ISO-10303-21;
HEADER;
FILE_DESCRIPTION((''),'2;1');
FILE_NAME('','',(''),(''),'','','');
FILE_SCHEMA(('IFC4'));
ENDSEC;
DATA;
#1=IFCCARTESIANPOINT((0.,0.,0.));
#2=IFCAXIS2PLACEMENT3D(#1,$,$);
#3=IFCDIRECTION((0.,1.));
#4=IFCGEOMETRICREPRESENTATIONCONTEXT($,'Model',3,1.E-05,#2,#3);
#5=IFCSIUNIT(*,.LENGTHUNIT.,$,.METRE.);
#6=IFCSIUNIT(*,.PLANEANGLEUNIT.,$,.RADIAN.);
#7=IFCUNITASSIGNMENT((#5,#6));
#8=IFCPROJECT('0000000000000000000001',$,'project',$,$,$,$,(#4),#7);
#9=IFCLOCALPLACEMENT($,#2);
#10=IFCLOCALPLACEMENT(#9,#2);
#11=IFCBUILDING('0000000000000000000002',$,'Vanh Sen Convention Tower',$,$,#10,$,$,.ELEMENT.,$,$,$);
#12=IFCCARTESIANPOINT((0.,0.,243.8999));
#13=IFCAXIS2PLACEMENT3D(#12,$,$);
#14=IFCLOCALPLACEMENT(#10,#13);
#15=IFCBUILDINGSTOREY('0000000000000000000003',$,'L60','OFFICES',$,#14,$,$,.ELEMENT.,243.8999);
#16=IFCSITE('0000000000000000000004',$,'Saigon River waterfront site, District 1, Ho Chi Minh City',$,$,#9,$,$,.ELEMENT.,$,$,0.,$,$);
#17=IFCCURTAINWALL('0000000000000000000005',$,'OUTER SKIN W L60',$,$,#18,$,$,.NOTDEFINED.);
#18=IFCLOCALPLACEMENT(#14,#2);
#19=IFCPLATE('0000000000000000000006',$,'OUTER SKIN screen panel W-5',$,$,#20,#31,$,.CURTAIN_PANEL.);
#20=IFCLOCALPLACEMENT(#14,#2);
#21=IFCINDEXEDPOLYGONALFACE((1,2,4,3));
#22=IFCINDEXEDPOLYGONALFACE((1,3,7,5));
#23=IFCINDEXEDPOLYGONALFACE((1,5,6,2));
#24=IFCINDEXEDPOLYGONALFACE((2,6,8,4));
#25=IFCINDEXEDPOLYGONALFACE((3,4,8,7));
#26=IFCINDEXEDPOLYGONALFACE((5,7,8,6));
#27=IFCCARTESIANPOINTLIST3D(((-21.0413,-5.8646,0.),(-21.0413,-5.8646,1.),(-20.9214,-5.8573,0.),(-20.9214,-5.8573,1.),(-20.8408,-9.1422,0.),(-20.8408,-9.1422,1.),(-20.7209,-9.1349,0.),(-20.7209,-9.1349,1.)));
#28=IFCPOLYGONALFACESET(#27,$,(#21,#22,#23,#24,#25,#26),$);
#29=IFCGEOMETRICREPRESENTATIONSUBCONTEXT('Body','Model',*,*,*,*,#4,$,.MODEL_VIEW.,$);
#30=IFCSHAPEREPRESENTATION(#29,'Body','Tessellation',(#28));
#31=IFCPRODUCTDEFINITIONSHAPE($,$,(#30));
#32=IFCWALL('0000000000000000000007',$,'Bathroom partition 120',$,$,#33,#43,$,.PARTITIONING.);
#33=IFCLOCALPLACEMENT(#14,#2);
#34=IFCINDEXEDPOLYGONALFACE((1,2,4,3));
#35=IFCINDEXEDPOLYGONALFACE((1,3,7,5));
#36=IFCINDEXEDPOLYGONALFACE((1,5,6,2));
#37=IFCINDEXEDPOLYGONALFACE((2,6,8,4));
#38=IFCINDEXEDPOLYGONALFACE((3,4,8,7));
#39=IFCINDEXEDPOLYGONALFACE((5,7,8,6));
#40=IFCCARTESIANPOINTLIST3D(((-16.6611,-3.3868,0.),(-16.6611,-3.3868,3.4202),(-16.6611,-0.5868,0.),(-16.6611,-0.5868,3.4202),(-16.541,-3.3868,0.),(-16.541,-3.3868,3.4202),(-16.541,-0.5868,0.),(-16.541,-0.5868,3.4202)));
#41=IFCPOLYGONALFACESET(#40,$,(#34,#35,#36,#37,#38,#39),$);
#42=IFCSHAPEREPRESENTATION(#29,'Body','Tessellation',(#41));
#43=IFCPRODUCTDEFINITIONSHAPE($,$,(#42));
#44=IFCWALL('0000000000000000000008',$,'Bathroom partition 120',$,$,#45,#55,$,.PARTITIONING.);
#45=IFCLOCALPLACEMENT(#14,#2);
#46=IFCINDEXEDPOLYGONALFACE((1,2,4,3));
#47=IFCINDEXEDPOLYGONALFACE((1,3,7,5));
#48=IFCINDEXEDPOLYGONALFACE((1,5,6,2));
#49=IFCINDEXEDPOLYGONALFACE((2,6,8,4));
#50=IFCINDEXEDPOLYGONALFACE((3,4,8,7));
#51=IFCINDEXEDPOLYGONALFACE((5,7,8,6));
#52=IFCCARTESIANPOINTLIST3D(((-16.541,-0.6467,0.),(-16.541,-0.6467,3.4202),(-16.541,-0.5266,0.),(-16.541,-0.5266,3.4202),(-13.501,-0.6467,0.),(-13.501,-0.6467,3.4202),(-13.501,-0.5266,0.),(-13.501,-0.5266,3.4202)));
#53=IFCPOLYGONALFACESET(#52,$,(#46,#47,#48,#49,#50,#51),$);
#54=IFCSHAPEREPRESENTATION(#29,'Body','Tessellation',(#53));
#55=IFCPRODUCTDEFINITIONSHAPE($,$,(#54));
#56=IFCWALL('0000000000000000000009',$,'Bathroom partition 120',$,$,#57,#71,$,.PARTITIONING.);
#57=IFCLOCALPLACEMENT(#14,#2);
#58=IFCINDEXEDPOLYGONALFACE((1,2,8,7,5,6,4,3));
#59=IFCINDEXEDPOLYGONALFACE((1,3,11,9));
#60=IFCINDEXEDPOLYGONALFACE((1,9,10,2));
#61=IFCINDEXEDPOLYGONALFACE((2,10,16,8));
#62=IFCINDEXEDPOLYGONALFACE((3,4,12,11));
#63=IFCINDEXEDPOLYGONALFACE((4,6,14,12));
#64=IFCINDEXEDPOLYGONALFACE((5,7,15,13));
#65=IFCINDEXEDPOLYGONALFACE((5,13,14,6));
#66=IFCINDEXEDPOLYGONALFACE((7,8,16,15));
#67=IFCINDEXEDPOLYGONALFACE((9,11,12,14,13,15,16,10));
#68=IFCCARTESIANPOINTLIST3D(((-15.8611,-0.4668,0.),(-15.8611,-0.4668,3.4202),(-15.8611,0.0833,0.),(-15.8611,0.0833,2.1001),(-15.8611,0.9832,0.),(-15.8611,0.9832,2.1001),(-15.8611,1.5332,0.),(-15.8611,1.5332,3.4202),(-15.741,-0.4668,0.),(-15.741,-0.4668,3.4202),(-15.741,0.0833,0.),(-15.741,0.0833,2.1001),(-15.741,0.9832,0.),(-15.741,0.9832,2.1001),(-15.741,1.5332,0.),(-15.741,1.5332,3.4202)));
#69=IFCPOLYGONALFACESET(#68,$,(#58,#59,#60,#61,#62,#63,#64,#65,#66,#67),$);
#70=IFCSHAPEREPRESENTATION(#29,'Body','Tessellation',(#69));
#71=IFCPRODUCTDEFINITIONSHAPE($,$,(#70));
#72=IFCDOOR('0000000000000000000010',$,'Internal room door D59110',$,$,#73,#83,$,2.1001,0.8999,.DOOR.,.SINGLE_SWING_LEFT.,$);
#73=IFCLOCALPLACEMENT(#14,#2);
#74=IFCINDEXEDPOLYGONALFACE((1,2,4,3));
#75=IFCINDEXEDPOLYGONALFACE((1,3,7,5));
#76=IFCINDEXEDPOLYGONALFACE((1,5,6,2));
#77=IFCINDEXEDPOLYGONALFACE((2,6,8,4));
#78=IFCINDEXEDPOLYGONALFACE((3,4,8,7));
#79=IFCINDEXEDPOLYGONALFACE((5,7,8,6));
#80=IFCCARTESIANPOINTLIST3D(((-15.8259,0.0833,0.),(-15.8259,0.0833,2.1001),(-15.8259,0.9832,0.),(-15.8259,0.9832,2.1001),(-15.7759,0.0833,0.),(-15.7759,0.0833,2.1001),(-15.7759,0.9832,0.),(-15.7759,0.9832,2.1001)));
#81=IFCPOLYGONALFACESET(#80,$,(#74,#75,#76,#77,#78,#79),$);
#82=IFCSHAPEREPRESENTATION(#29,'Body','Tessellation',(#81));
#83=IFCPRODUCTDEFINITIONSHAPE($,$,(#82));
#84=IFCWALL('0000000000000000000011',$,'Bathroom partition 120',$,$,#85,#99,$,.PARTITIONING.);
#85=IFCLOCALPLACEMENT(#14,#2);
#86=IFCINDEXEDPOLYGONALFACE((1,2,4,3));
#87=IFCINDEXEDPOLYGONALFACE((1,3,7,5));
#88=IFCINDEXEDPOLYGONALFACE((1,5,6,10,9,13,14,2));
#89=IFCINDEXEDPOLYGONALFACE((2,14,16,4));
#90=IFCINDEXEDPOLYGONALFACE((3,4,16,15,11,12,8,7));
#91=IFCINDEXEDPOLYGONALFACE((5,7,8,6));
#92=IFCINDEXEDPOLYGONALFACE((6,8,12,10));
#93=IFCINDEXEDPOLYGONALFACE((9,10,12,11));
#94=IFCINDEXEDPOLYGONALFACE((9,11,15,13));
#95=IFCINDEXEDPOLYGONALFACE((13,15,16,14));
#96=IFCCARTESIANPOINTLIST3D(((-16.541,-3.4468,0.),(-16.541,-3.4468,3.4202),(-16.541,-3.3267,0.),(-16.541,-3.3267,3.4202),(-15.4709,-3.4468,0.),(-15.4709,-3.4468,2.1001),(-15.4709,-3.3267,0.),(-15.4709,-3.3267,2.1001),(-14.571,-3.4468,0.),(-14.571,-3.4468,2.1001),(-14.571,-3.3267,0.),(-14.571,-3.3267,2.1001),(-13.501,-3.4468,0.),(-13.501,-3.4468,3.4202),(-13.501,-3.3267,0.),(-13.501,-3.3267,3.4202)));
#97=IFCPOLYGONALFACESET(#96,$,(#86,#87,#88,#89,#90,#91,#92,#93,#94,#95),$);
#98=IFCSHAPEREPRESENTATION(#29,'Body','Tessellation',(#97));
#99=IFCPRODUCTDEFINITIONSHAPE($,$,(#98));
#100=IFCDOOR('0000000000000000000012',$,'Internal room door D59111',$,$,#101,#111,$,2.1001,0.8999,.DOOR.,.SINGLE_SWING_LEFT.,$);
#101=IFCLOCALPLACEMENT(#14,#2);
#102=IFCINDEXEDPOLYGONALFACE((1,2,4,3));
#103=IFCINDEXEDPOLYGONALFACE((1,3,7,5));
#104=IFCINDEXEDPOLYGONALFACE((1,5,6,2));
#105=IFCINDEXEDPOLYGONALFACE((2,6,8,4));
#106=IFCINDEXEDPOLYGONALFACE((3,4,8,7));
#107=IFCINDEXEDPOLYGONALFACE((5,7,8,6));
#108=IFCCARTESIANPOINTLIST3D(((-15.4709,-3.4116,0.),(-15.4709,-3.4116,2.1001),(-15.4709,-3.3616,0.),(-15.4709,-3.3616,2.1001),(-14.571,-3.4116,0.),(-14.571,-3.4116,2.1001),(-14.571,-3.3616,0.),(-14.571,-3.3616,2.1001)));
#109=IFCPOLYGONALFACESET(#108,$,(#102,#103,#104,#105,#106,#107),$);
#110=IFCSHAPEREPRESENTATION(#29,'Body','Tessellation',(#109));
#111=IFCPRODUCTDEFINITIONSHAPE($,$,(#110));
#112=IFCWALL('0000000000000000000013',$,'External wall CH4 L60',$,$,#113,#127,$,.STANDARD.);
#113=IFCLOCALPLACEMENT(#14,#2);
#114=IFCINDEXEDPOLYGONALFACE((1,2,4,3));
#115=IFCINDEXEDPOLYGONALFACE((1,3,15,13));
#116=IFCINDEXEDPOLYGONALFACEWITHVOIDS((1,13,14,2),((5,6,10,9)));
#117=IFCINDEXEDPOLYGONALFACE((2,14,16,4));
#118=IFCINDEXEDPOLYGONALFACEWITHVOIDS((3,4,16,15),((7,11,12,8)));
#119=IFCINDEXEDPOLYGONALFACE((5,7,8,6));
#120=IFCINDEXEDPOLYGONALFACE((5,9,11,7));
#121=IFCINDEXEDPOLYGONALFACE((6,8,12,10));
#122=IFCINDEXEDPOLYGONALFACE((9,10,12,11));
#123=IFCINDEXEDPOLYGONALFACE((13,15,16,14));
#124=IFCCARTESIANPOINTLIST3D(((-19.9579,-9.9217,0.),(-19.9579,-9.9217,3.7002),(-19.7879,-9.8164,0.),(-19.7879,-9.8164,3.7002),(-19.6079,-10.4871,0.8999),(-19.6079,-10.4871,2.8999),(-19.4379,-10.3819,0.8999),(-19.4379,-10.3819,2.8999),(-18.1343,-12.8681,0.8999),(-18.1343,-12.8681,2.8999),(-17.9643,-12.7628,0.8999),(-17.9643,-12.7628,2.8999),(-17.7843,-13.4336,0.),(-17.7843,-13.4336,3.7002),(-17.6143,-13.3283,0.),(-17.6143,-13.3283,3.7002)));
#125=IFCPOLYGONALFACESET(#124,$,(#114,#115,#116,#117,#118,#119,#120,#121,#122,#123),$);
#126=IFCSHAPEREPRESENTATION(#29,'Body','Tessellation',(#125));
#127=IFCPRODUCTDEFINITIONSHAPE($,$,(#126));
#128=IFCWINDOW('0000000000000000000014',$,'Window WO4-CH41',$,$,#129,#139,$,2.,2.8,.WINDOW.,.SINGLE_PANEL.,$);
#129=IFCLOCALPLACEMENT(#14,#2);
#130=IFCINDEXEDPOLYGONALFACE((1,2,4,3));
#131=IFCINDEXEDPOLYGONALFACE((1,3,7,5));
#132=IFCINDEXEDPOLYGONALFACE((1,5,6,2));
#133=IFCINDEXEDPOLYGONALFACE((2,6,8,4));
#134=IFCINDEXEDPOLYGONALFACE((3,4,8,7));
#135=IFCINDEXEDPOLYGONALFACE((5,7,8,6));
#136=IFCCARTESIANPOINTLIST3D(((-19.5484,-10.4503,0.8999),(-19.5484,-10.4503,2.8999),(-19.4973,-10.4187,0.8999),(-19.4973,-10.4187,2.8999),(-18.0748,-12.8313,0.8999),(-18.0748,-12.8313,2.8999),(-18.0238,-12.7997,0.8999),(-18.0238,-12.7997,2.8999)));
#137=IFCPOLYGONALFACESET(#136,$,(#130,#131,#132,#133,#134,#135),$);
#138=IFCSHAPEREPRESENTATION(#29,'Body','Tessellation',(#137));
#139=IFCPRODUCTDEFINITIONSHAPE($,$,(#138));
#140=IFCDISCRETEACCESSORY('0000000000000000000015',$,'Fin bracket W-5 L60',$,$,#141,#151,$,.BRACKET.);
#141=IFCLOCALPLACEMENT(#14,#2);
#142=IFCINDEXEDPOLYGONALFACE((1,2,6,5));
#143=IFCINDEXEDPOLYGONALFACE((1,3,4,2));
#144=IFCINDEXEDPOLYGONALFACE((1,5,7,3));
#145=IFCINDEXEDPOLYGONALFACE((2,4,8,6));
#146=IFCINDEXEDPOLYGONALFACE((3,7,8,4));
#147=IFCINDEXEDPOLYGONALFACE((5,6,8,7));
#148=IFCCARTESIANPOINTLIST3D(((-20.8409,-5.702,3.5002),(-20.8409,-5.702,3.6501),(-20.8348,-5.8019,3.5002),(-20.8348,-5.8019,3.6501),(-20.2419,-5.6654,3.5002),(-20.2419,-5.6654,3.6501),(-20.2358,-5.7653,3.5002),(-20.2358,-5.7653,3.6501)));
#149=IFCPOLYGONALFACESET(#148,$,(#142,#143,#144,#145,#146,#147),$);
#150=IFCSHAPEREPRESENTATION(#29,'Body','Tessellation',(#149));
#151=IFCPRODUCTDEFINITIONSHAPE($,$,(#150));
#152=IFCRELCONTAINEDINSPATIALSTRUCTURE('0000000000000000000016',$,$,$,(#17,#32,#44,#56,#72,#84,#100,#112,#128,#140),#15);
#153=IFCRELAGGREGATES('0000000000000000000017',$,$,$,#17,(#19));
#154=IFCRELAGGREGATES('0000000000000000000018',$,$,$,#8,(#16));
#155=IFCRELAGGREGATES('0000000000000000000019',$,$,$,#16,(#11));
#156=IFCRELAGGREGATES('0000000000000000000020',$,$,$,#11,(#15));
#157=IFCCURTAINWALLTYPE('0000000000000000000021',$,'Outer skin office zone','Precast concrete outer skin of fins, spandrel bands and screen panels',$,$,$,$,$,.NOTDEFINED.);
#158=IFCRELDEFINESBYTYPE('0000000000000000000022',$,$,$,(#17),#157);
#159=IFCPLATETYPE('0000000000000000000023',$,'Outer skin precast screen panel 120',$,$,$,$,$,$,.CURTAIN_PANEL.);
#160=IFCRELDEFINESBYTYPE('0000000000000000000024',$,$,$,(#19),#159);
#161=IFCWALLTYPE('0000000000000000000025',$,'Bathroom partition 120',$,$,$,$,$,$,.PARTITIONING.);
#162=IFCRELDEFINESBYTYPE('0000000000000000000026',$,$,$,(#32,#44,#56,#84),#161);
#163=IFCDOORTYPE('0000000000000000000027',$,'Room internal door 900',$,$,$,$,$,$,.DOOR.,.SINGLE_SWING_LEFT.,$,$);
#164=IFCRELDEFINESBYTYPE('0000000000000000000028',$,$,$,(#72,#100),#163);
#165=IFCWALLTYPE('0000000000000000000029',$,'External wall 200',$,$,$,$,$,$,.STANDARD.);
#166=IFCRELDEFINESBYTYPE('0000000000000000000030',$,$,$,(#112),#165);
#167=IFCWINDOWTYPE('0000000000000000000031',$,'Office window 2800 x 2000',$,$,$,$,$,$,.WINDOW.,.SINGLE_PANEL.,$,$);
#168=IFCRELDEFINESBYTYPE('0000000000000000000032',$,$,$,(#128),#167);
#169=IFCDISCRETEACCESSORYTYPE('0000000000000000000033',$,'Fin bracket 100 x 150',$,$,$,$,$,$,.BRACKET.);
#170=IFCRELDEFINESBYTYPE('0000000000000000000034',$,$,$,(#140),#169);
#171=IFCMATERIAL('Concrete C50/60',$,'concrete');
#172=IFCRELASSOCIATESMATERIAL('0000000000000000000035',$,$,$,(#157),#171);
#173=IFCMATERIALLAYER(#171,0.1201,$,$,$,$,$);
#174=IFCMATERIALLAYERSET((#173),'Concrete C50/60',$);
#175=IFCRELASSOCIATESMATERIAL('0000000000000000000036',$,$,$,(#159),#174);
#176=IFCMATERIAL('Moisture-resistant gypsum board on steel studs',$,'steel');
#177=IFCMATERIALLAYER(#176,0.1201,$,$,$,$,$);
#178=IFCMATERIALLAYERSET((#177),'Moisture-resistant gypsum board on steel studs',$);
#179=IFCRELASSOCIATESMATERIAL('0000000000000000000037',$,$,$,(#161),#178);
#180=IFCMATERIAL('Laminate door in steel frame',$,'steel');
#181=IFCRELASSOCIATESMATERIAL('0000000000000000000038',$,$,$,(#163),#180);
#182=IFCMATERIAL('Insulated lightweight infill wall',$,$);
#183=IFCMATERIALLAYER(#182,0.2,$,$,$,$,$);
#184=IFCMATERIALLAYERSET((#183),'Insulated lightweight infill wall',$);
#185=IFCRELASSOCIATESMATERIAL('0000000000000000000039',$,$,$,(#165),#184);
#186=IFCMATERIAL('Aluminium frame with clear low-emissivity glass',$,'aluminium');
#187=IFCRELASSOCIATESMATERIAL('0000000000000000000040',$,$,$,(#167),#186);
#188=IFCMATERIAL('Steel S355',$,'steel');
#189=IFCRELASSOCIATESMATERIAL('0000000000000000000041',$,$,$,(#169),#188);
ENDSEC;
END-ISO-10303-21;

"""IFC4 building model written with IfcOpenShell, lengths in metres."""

from ifc_helpers import new_model, si_unit, direction, frame, frame_2d, origin, origin_2d, place, context, subcontext, project, spatial, rectangle, extrude, material, layer, layer_set, type_object, element, fill, aggregate, save


model = new_model("IFC4")

# Units and contexts
model_context = context("Model", 3, precision=1e-05, world=origin(), true_north=direction((0.0, 1.0)))
body_context = subcontext(model_context, "Body", "Model", "MODEL_VIEW")
ifc_project = project(units=[si_unit("LENGTHUNIT", "METRE"), si_unit("PLANEANGLEUNIT", "RADIAN")], contexts=[model_context])

# Site, building, storey
site_placement = place(None, origin())
site = spatial("IfcSite", under=ifc_project, at=site_placement, Name="Saigon River waterfront site, District 1, Ho Chi Minh City", CompositionType="ELEMENT", RefElevation=0.0)
building_placement = place(site_placement, origin())
building = spatial("IfcBuilding", under=site, at=building_placement, Name="Vanh Sen Convention Tower", CompositionType="ELEMENT")
storey_placement = place(building_placement, frame((0.0, 0.0, 243.8999)))
storey = spatial("IfcBuildingStorey", under=building, at=storey_placement, Name="L60", Description="OFFICES", CompositionType="ELEMENT", Elevation=243.8999)

# Curtain wall
ifc_material_1 = material(Name="Concrete C50/60", Category="concrete")
curtain_wall_type = type_object("IfcCurtainWallType", Name="Outer skin office zone", Description="Precast concrete outer skin of fins, spandrel bands and screen panels", PredefinedType="NOTDEFINED", material=ifc_material_1)
curtain_wall_1_placement = place(storey_placement, origin())
curtain_wall_1 = element("IfcCurtainWall", 1, at=curtain_wall_1_placement, inside=storey, type_object=curtain_wall_type, Name="OUTER SKIN W L60", PredefinedType="NOTDEFINED")

# Plate
ifc_layer_1 = layer(ifc_material_1, 0.1201)
ifc_layer_set_1 = layer_set([ifc_layer_1], Name="Concrete C50/60")
plate_type = type_object("IfcPlateType", Name="Outer skin precast screen panel 120", PredefinedType="CURTAIN_PANEL", material=ifc_layer_set_1)
plate_1_placement = place(storey_placement, frame((-20.8811, -7.4998, 0.0), z_axis=(0.0, 0.0, 1.0), x_axis=(0.061069, -0.998134, 0.0)))
plate_1 = element("IfcPlate", 2, at=plate_1_placement, type_object=plate_type, Name="OUTER SKIN screen panel W-5", PredefinedType="CURTAIN_PANEL", context=body_context, shape_type="SweptSolid", body=[
    extrude(rectangle(XDim=3.2837, YDim=0.1201, at=origin_2d()), origin(), (0.0, 0.0, 1.0), 1.0),
])
aggregate(curtain_wall_1, [plate_1])

# Walls
ifc_material_2 = material(Name="Moisture-resistant gypsum board on steel studs", Category="steel")
ifc_layer_2 = layer(ifc_material_2, 0.1201)
ifc_layer_set_2 = layer_set([ifc_layer_2], Name="Moisture-resistant gypsum board on steel studs")
wall_type_1 = type_object("IfcWallType", Name="Bathroom partition 120", PredefinedType="PARTITIONING", material=ifc_layer_set_2)
wall_1_placement = place(storey_placement, frame((-16.6011, -3.3867, 0.0), z_axis=(0.0, 0.0, 1.0), x_axis=(0.0, 1.0, 0.0)))
element("IfcWall", 3, at=wall_1_placement, inside=storey, type_object=wall_type_1, Name="Bathroom partition 120", PredefinedType="PARTITIONING", context=body_context, shape_type="SweptSolid", body=[
    extrude(rectangle(XDim=2.8, YDim=0.1201, at=frame_2d((1.3999, 0.0))), origin(), (0.0, 0.0, 1.0), 3.4202),
])
wall_2_placement = place(storey_placement, frame((-16.541, -0.5867, 0.0), z_axis=(0.0, 0.0, 1.0), x_axis=(1.0, 0.0, 0.0)))
element("IfcWall", 4, at=wall_2_placement, inside=storey, type_object=wall_type_1, Name="Bathroom partition 120", PredefinedType="PARTITIONING", context=body_context, shape_type="SweptSolid", body=[
    extrude(rectangle(XDim=3.04, YDim=0.1201, at=frame_2d((1.52, 0.0))), origin(), (0.0, 0.0, 1.0), 3.4202),
])

# Walls, openings, doors
wall_3_placement = place(storey_placement, frame((-15.801, -0.4668, 0.0), z_axis=(0.0, 0.0, 1.0), x_axis=(0.0, 1.0, 0.0)))
wall_3 = element("IfcWall", 5, at=wall_3_placement, inside=storey, type_object=wall_type_1, Name="Bathroom partition 120", PredefinedType="PARTITIONING", context=body_context, shape_type="SweptSolid", body=[
    extrude(rectangle(XDim=2.0, YDim=0.1201, at=frame_2d((1.0, 0.0))), origin(), (0.0, 0.0, 1.0), 3.4202),
])
opening_1_placement = place(wall_3_placement, frame((0.55, 0.0, 0.0)))
opening_1 = element("IfcOpeningElement", 6, at=opening_1_placement, cuts=wall_3, PredefinedType="OPENING", context=body_context, shape_type="SweptSolid", body=[
    extrude(rectangle(XDim=0.8999, YDim=2.1001, at=frame_2d((0.45, 1.05))), frame((0.0, 0.0701, 0.0), z_axis=(0.0, -1.0, 0.0), x_axis=(1.0, 0.0, 0.0)), (0.0, 0.0, 1.0), 0.1401),
])
ifc_material_3 = material(Name="Laminate door in steel frame", Category="steel")
door_type = type_object("IfcDoorType", Name="Room internal door 900", OperationType="SINGLE_SWING_LEFT", PredefinedType="DOOR", material=ifc_material_3)
door_1_placement = place(opening_1_placement, origin())
door_1 = element("IfcDoor", 7, at=door_1_placement, inside=storey, type_object=door_type, Name="Internal room door D59110", OperationType="SINGLE_SWING_LEFT", OverallHeight=2.1001, OverallWidth=0.8999, PredefinedType="DOOR", context=body_context, shape_type="SweptSolid", body=[
    extrude(rectangle(XDim=0.8999, YDim=2.1001, at=frame_2d((0.45, 1.05))), frame((0.0, 0.0249, 0.0), z_axis=(0.0, -1.0, 0.0), x_axis=(1.0, 0.0, 0.0)), (0.0, 0.0, 1.0), 0.05),
])
fill(opening_1, door_1)
wall_4_placement = place(storey_placement, frame((-13.501, -3.3867, 0.0), z_axis=(0.0, 0.0, 1.0), x_axis=(-1.0, 0.0, 0.0)))
wall_4 = element("IfcWall", 8, at=wall_4_placement, inside=storey, type_object=wall_type_1, Name="Bathroom partition 120", PredefinedType="PARTITIONING", context=body_context, shape_type="SweptSolid", body=[
    extrude(rectangle(XDim=3.04, YDim=0.1201, at=frame_2d((1.52, 0.0))), origin(), (0.0, 0.0, 1.0), 3.4202),
])
opening_2_placement = place(wall_4_placement, frame((1.0701, 0.0, 0.0)))
opening_2 = element("IfcOpeningElement", 9, at=opening_2_placement, cuts=wall_4, PredefinedType="OPENING", context=body_context, shape_type="SweptSolid", body=[
    extrude(rectangle(XDim=0.8999, YDim=2.1001, at=frame_2d((0.45, 1.05))), frame((0.0, 0.0701, 0.0), z_axis=(0.0, -1.0, 0.0), x_axis=(1.0, 0.0, 0.0)), (0.0, 0.0, 1.0), 0.1401),
])
door_2_placement = place(opening_2_placement, origin())
door_2 = element("IfcDoor", 10, at=door_2_placement, inside=storey, type_object=door_type, Name="Internal room door D59111", OperationType="SINGLE_SWING_LEFT", OverallHeight=2.1001, OverallWidth=0.8999, PredefinedType="DOOR", context=body_context, shape_type="SweptSolid", body=[
    extrude(rectangle(XDim=0.8999, YDim=2.1001, at=frame_2d((0.45, 1.05))), frame((0.0, 0.0249, 0.0), z_axis=(0.0, -1.0, 0.0), x_axis=(1.0, 0.0, 0.0)), (0.0, 0.0, 1.0), 0.05),
])
fill(opening_2, door_2)

# Wall, opening, window
ifc_material_4 = material(Name="Insulated lightweight infill wall")
ifc_layer_3 = layer(ifc_material_4, 0.2)
ifc_layer_set_3 = layer_set([ifc_layer_3], Name="Insulated lightweight infill wall")
wall_type_2 = type_object("IfcWallType", Name="External wall 200", PredefinedType="STANDARD", material=ifc_layer_set_3)
wall_5_placement = place(storey_placement, frame((-19.8728, -9.8691, 0.0), z_axis=(0.0, 0.0, 1.0), x_axis=(0.526269, -0.850318, 0.0)))
wall_5 = element("IfcWall", 11, at=wall_5_placement, inside=storey, type_object=wall_type_2, Name="External wall CH4 L60", PredefinedType="STANDARD", context=body_context, shape_type="SweptSolid", body=[
    extrude(rectangle(XDim=4.1301, YDim=0.2, at=frame_2d((2.0649, 0.0))), origin(), (0.0, 0.0, 1.0), 3.7002),
])
opening_3_placement = place(wall_5_placement, frame((0.665, 0.0, 0.8999)))
opening_3 = element("IfcOpeningElement", 12, at=opening_3_placement, cuts=wall_5, PredefinedType="OPENING", context=body_context, shape_type="SweptSolid", body=[
    extrude(rectangle(XDim=2.8, YDim=2.0, at=frame_2d((1.3999, 1.0))), frame((0.0, 0.1099, 0.0), z_axis=(0.0, -1.0, 0.0), x_axis=(1.0, 0.0, 0.0)), (0.0, 0.0, 1.0), 0.22),
])
ifc_material_5 = material(Name="Aluminium frame with clear low-emissivity glass", Category="aluminium")
window_type = type_object("IfcWindowType", Name="Office window 2800 x 2000", PartitioningType="SINGLE_PANEL", PredefinedType="WINDOW", material=ifc_material_5)
window_placement = place(opening_3_placement, origin())
window = element("IfcWindow", 13, at=window_placement, inside=storey, type_object=window_type, Name="Window WO4-CH41", OverallHeight=2.0, OverallWidth=2.8, PartitioningType="SINGLE_PANEL", PredefinedType="WINDOW", context=body_context, shape_type="SweptSolid", body=[
    extrude(rectangle(XDim=2.8, YDim=2.0, at=frame_2d((1.3999, 1.0))), frame((0.0, 0.03, 0.0), z_axis=(0.0, -1.0, 0.0), x_axis=(1.0, 0.0, 0.0)), (0.0, 0.0, 1.0), 0.0601),
])
fill(opening_3, window)

# Discrete accessory
ifc_material_6 = material(Name="Steel S355", Category="steel")
discrete_accessory_type = type_object("IfcDiscreteAccessoryType", Name="Fin bracket 100 x 150", PredefinedType="BRACKET", material=ifc_material_6)
discrete_accessory_placement = place(storey_placement, frame((-20.5383, -5.7336, 3.5002), z_axis=(0.0, 0.0, 1.0), x_axis=(-0.998135, -0.061049, 0.0)))
element("IfcDiscreteAccessory", 14, at=discrete_accessory_placement, inside=storey, type_object=discrete_accessory_type, Name="Fin bracket W-5 L60", PredefinedType="BRACKET", context=body_context, shape_type="SweptSolid", body=[
    extrude(rectangle(XDim=0.6001, YDim=0.1001, at=origin_2d()), origin(), (0.0, 0.0, 1.0), 0.1499),
])

save(model, "model.ifc")
